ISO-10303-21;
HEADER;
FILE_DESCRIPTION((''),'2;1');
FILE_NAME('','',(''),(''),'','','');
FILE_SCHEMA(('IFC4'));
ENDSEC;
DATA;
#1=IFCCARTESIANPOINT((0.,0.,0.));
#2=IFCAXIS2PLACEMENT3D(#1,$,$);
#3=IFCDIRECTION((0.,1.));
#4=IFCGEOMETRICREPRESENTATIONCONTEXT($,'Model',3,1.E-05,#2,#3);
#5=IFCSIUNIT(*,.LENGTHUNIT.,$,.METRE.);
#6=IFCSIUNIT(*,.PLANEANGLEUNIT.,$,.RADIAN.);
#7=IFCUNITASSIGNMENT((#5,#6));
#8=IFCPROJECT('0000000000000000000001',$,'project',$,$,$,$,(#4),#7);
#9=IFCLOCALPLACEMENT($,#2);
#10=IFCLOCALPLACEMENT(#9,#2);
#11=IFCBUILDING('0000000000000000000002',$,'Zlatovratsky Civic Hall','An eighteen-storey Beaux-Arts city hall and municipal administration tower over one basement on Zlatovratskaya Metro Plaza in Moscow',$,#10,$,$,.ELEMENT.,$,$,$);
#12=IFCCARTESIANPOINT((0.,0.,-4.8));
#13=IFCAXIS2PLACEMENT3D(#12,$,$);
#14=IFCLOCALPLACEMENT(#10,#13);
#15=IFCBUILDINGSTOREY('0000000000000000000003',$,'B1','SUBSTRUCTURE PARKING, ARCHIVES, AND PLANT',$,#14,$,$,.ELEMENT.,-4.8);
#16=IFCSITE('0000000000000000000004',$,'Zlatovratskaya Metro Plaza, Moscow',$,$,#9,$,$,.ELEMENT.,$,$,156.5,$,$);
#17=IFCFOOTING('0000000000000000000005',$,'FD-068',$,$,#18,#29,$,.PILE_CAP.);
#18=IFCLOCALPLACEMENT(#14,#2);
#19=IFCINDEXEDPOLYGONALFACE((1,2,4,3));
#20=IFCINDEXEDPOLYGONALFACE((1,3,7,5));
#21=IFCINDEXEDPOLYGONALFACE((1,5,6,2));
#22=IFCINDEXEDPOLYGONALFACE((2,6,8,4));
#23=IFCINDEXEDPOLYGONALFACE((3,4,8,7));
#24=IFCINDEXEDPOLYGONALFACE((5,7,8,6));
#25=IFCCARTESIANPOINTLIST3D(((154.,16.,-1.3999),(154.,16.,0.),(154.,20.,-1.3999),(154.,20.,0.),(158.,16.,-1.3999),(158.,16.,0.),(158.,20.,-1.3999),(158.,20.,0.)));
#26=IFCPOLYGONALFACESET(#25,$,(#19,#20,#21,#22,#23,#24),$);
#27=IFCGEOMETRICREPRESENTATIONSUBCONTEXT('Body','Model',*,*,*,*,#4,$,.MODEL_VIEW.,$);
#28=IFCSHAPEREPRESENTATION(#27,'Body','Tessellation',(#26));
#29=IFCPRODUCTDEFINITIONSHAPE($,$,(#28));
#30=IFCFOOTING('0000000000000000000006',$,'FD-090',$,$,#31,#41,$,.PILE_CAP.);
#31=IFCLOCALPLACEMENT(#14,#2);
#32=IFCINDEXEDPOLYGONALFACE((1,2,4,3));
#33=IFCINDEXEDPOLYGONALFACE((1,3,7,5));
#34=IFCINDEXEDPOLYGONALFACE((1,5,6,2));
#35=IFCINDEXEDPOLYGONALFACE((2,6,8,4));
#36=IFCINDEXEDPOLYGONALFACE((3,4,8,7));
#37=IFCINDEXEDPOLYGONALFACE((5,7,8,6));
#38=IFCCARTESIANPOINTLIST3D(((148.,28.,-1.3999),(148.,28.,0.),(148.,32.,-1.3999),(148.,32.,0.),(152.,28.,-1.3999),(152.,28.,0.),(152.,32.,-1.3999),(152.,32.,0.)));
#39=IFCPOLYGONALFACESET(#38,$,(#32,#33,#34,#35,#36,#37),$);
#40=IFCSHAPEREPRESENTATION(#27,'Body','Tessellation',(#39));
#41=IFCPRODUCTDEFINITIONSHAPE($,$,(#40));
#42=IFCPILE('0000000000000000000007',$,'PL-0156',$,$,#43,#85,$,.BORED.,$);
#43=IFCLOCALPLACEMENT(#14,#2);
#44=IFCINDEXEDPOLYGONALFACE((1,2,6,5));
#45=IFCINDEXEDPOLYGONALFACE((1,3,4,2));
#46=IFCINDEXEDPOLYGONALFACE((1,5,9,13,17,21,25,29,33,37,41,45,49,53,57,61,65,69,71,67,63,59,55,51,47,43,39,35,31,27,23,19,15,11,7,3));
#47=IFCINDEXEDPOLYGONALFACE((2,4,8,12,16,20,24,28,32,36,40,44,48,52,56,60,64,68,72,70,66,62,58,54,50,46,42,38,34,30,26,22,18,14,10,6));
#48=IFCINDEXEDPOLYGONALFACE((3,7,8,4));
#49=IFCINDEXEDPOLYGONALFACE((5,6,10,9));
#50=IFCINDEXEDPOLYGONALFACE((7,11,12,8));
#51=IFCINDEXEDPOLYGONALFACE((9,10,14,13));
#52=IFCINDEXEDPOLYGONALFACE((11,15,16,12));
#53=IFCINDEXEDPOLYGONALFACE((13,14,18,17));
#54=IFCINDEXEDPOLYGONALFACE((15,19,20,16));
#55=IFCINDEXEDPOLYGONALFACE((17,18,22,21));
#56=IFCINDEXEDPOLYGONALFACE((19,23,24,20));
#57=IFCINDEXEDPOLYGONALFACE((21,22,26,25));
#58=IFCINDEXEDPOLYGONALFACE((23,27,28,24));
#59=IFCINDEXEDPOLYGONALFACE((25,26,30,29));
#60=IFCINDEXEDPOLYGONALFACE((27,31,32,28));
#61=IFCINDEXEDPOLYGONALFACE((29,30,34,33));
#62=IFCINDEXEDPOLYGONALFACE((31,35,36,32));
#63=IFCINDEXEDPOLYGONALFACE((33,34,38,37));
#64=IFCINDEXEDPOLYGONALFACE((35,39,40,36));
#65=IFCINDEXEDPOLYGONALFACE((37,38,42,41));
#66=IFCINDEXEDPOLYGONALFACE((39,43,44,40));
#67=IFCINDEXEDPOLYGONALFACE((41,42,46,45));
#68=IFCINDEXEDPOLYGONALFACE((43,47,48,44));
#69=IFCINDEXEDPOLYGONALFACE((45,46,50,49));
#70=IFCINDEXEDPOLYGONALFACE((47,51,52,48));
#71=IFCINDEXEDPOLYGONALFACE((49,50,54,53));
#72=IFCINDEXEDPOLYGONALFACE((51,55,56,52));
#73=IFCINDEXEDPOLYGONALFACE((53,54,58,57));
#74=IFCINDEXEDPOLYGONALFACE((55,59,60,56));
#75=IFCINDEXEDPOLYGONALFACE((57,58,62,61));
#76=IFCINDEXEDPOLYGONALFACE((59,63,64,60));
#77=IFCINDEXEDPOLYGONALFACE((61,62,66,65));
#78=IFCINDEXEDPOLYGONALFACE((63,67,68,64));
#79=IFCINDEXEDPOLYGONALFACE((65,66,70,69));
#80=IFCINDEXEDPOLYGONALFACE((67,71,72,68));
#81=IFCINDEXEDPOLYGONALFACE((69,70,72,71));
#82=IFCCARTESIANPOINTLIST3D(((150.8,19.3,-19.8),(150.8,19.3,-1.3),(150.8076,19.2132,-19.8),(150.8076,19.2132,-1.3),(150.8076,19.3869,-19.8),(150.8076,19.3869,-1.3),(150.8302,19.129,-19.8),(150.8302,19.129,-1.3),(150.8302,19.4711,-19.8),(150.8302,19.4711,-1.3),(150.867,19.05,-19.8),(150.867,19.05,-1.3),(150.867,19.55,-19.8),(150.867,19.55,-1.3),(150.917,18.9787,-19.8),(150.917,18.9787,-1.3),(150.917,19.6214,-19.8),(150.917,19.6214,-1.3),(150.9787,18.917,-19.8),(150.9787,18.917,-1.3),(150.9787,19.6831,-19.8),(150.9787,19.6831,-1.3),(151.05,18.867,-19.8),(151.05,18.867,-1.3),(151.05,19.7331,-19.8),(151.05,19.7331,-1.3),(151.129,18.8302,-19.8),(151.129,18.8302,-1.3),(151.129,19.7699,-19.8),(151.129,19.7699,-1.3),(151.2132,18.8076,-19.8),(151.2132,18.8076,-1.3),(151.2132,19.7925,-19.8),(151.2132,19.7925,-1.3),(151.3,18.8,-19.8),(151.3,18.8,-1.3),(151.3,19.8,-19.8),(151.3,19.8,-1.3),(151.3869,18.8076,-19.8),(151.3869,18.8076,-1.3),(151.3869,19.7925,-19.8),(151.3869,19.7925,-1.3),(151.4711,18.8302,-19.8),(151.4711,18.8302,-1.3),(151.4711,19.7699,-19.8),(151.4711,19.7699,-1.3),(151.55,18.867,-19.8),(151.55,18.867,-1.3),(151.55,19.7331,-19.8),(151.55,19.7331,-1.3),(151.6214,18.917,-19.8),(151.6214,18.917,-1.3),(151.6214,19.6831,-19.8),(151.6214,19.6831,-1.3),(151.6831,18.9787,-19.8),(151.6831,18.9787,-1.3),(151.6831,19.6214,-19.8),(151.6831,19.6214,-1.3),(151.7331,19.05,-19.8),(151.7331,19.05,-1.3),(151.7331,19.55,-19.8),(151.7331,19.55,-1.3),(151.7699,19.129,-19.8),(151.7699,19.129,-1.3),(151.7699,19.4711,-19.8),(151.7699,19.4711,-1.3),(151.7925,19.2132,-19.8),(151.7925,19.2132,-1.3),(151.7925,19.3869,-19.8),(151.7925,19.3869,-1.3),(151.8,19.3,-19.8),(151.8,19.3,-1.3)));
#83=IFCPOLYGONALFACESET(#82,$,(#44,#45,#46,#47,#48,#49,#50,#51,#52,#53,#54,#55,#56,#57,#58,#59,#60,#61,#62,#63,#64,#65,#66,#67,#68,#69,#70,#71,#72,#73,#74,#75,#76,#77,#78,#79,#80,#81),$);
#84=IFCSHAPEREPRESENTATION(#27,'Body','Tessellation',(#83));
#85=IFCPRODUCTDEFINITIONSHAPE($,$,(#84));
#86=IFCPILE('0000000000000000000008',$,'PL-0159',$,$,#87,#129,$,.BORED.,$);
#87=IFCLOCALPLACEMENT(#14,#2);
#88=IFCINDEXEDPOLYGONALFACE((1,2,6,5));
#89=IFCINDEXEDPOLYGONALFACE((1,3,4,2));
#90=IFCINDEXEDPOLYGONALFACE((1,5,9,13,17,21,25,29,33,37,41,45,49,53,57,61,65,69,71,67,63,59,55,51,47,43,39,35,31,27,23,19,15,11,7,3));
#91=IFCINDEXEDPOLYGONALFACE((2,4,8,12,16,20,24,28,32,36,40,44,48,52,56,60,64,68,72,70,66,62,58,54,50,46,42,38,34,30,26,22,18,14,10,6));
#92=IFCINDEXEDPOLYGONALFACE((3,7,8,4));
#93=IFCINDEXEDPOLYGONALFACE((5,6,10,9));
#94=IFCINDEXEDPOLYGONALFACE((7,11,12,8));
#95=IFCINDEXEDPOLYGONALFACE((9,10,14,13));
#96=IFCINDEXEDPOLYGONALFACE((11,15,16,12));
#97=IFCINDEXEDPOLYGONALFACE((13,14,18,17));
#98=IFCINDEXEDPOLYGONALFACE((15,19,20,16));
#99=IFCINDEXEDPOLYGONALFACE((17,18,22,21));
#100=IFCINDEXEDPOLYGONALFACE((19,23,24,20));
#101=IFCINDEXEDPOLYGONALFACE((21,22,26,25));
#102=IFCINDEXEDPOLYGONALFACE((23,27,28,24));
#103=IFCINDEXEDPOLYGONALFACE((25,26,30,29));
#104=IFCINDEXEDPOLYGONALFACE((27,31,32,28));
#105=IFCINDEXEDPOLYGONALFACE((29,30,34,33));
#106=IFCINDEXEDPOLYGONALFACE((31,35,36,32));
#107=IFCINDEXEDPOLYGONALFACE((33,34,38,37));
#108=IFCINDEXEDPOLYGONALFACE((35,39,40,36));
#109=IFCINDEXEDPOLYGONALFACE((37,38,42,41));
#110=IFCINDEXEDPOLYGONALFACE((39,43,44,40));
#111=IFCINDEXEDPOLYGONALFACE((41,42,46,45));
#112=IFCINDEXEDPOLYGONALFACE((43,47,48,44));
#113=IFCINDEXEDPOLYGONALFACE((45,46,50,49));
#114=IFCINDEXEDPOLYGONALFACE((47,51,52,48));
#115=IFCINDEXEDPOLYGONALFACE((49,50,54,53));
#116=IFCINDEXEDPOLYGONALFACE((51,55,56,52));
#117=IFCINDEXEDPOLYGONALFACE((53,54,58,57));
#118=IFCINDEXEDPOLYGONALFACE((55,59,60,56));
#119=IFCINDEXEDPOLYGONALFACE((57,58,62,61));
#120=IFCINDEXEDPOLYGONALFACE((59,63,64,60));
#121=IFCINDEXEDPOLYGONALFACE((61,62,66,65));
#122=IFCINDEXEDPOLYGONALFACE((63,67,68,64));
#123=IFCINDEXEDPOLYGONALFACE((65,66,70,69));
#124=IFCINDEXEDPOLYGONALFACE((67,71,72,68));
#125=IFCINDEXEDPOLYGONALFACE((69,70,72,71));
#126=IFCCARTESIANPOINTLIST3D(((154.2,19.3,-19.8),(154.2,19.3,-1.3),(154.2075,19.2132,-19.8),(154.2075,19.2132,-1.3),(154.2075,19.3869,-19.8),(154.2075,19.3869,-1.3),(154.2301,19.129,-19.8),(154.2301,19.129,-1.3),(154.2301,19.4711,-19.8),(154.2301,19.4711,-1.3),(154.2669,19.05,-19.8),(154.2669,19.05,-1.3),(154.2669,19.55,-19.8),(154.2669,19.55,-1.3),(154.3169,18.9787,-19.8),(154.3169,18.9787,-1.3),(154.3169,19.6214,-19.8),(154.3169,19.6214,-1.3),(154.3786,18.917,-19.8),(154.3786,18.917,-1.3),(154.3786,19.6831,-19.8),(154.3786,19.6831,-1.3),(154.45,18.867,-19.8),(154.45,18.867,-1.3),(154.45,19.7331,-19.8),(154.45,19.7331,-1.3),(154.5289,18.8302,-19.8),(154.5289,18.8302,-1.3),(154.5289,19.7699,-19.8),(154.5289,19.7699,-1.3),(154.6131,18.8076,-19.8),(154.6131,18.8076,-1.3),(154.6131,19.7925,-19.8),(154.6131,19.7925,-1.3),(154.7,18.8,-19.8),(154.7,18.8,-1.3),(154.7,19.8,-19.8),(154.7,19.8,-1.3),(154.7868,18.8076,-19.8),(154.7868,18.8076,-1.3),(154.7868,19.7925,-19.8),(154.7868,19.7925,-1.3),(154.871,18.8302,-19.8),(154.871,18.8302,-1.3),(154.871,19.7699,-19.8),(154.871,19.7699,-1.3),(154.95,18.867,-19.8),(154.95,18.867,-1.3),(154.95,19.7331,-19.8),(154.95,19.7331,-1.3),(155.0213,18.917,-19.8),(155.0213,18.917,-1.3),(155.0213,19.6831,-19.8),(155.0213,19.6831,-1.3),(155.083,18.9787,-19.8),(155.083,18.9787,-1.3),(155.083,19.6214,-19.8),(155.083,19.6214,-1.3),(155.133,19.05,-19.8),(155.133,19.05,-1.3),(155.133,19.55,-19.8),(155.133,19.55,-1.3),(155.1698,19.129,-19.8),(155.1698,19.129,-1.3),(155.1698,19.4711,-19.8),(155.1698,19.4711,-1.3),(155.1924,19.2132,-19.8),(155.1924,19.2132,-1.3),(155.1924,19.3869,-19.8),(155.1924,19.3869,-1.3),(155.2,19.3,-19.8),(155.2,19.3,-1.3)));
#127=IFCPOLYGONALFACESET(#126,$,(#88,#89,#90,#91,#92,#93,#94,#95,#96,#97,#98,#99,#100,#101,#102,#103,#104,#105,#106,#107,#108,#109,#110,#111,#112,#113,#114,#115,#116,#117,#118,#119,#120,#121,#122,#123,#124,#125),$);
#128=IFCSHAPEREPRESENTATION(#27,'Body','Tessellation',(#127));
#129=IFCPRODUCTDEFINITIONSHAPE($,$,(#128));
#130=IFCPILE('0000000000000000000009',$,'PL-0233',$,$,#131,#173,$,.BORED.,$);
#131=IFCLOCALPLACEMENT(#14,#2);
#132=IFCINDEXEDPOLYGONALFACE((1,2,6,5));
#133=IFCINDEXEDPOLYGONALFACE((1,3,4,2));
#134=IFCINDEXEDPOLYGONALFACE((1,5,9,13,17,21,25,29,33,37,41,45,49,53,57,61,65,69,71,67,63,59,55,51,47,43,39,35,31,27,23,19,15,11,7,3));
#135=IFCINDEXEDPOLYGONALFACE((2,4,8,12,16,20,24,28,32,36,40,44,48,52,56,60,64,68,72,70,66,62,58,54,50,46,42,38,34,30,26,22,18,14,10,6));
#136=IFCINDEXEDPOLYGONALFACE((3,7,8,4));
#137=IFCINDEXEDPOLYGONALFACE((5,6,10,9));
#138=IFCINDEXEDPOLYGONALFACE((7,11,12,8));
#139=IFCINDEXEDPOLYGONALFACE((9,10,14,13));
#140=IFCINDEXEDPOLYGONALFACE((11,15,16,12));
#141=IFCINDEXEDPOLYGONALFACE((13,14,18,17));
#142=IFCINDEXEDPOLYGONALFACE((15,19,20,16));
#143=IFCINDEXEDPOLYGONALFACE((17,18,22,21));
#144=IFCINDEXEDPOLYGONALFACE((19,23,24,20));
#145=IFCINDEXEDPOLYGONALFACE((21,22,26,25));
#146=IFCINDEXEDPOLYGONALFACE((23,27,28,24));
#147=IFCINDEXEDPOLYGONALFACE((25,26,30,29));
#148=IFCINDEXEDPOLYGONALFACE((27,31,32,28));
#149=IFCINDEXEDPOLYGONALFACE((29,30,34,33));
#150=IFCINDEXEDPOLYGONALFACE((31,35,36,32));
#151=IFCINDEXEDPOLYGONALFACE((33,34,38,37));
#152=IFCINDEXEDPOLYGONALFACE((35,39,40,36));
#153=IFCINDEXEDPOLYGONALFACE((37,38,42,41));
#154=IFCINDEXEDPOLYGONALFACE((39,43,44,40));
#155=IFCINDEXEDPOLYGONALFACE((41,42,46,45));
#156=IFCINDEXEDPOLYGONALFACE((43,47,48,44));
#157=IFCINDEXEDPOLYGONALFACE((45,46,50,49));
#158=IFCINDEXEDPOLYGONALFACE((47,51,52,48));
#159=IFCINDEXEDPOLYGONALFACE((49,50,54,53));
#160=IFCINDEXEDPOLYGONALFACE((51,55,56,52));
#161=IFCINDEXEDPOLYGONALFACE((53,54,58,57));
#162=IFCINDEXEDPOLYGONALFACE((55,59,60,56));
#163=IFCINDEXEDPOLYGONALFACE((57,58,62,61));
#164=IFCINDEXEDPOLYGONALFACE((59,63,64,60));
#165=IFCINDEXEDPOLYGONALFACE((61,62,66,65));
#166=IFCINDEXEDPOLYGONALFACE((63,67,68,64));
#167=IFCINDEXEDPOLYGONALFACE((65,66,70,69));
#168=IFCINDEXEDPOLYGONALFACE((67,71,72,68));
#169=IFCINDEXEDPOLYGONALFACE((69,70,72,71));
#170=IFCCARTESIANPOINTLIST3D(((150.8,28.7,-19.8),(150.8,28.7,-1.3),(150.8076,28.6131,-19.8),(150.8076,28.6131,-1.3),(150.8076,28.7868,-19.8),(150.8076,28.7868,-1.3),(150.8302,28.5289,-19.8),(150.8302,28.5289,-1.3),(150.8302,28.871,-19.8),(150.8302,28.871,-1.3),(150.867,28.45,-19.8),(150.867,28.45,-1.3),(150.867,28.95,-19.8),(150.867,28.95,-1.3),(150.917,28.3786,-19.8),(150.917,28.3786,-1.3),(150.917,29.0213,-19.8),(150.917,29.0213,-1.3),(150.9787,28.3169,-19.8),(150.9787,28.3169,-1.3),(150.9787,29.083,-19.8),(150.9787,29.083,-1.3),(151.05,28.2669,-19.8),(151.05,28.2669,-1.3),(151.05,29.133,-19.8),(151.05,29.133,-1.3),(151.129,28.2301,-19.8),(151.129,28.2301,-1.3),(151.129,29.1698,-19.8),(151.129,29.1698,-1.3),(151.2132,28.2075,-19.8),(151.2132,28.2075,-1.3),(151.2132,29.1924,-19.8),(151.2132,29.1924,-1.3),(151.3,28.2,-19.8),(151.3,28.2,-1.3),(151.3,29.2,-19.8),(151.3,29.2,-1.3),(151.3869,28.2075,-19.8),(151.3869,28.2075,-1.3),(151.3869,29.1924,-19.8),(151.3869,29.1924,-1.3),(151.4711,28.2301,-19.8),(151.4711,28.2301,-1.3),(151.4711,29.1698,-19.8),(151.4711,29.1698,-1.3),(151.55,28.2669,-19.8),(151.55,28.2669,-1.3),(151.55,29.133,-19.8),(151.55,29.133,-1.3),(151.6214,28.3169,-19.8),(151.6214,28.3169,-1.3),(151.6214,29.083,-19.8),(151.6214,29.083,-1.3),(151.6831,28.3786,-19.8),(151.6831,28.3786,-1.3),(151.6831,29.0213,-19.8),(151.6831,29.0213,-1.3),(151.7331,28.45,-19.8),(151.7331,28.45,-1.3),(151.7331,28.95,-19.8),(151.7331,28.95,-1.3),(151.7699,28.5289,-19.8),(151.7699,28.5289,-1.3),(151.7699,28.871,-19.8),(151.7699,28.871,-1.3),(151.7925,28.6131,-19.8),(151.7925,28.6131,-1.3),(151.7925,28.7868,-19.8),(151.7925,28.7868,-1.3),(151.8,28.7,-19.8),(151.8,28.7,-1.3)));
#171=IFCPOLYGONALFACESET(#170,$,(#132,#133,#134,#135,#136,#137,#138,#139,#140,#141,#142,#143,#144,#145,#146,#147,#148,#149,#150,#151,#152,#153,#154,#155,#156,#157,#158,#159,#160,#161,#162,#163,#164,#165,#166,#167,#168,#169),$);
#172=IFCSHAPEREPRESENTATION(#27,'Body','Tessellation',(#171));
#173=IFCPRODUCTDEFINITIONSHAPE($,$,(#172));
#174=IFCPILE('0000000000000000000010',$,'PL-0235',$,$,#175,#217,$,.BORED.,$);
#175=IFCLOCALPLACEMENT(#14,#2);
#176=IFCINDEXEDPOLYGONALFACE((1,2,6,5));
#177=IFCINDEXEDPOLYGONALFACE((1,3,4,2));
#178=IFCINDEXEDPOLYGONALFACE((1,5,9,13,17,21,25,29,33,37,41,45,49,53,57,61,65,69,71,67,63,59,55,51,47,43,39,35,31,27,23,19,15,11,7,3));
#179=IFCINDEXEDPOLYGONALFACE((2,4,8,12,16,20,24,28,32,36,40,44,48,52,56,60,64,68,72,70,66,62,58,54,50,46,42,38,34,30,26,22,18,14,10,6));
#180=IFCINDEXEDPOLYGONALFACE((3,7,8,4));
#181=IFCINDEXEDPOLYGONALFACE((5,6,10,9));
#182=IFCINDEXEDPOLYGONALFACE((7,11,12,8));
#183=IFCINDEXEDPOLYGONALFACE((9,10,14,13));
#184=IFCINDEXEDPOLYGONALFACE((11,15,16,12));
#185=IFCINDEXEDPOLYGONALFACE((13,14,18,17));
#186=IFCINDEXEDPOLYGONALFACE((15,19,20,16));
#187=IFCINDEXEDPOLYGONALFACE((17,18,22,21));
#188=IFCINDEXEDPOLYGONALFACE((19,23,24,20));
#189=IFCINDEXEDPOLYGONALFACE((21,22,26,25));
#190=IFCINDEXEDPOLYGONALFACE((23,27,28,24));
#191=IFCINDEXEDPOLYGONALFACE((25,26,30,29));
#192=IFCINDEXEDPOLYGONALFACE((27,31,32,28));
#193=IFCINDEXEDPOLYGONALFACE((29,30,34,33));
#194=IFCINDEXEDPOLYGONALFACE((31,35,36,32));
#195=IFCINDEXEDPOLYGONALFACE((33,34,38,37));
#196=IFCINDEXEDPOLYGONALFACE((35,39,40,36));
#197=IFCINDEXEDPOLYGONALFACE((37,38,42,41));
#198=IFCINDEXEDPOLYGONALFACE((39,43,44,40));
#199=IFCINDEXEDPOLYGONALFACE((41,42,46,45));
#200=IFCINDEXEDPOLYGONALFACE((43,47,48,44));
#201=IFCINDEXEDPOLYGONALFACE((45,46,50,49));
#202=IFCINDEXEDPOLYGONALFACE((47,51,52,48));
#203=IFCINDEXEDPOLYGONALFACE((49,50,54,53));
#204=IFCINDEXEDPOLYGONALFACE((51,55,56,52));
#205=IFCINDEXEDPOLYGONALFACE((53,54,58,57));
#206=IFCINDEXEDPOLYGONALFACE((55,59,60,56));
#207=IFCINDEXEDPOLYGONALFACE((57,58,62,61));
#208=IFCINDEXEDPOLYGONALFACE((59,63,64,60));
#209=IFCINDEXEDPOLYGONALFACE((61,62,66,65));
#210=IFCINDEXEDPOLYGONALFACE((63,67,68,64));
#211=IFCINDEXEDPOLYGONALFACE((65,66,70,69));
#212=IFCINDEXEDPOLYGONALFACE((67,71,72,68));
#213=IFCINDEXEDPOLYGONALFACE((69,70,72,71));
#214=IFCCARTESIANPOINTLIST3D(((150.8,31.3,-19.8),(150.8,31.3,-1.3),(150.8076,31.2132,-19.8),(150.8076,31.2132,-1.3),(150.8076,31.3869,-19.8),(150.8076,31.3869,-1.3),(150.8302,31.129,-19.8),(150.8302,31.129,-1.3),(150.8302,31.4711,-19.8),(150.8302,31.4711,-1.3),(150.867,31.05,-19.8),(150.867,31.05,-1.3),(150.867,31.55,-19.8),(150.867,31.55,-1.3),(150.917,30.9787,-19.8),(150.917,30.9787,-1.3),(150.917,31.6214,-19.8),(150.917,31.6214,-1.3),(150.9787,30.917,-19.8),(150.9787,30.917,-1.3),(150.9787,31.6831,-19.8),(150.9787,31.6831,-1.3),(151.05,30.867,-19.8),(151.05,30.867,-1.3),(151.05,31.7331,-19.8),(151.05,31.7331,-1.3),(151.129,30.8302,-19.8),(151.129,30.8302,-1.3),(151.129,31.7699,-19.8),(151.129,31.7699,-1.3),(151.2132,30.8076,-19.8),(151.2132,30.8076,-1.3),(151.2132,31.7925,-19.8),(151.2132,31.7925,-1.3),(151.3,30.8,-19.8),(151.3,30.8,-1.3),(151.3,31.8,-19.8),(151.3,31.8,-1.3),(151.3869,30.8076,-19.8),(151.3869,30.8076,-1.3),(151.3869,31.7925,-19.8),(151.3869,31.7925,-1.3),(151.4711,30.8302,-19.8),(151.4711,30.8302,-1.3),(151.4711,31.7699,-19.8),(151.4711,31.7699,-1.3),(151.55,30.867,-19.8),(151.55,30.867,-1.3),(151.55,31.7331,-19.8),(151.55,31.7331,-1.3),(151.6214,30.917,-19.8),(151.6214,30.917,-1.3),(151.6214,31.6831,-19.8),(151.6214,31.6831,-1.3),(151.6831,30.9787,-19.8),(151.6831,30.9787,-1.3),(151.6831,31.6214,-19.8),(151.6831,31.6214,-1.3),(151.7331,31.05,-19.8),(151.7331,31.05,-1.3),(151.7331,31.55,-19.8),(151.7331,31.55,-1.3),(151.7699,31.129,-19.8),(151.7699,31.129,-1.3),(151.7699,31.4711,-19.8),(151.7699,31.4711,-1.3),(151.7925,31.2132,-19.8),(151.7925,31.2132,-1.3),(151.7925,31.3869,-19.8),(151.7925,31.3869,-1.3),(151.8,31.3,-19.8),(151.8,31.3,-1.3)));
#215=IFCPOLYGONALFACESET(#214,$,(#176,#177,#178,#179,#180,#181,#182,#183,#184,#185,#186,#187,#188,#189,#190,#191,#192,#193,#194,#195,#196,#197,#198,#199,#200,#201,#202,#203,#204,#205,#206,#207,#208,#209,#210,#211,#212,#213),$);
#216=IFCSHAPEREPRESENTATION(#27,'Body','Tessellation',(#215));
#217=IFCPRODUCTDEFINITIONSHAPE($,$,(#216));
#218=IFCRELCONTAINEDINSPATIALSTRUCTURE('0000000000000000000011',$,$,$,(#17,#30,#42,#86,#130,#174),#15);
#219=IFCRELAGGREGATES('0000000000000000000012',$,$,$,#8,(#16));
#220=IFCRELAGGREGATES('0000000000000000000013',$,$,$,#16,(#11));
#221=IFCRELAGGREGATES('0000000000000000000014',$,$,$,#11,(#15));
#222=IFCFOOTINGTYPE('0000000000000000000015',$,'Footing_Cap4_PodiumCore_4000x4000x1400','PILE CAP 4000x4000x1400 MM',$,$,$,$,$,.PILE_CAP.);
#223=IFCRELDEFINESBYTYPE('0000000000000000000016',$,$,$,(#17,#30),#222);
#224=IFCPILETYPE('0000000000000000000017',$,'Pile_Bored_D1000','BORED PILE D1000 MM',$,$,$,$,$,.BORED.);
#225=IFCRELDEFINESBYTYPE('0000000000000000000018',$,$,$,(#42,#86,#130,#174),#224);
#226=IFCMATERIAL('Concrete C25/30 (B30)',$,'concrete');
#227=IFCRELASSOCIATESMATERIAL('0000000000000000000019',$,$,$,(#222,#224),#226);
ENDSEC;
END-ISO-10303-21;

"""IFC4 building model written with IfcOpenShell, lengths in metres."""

from ifc_helpers import new_model, si_unit, direction, frame, origin, origin_2d, place, context, subcontext, project, spatial, rectangle, circle, extrude, material, material_profile, profile_set, type_object, element, save


model = new_model("IFC4")

# Units and contexts
model_context = context("Model", 3, precision=1e-05, world=origin(), true_north=direction((0.0, 1.0)))
body_context = subcontext(model_context, "Body", "Model", "MODEL_VIEW")
ifc_project = project(units=[si_unit("LENGTHUNIT", "METRE"), si_unit("PLANEANGLEUNIT", "RADIAN")], contexts=[model_context])

# Site, building, storey
site_placement = place(None, origin())
site = spatial("IfcSite", under=ifc_project, at=site_placement, Name="Zlatovratskaya Metro Plaza, Moscow", CompositionType="ELEMENT", RefElevation=156.5)
building_placement = place(site_placement, origin())
building = spatial("IfcBuilding", under=site, at=building_placement, Name="Zlatovratsky Civic Hall", Description="An eighteen-storey Beaux-Arts city hall and municipal administration tower over one basement on Zlatovratskaya Metro Plaza in Moscow", CompositionType="ELEMENT")
storey_placement = place(building_placement, frame((0.0, 0.0, -4.8)))
storey = spatial("IfcBuildingStorey", under=building, at=storey_placement, Name="B1", Description="SUBSTRUCTURE PARKING, ARCHIVES, AND PLANT", CompositionType="ELEMENT", Elevation=-4.8)

# Footings
ifc_material_1 = material(Name="Concrete C25/30 (B30)", Category="concrete")
footing_type = type_object("IfcFootingType", Name="Footing_Cap4_PodiumCore_4000x4000x1400", Description="PILE CAP 4000x4000x1400 MM", PredefinedType="PILE_CAP", material=ifc_material_1)
for number, where, z_axis, x_axis, name in (
    (1, (156.0, 18.0, -1.3999), (0.0, 0.0, 1.0), (1.0, 0.0, 0.0), "FD-068"),
    (2, (150.0, 30.0, -1.3999), (0.0, 0.0, 1.0), (1.0, 0.0, 0.0), "FD-090"),
):
    element("IfcFooting", number, at=place(storey_placement, frame(where, z_axis=z_axis, x_axis=x_axis)), inside=storey, type_object=footing_type, Name=name, PredefinedType="PILE_CAP", context=body_context, shape_type="SweptSolid", body=[
        extrude(rectangle(XDim=4.0, YDim=4.0, at=origin_2d()), origin(), (0.0, 0.0, 1.0), 1.3999),
    ])

# Piles
ifc_material_profile_1 = material_profile(ifc_material_1, circle(Radius=0.5, at=origin_2d()), Name="PILE D1000")
ifc_profile_set_1 = profile_set([ifc_material_profile_1], Name="Concrete C25/30 (B30)")
pile_type = type_object("IfcPileType", Name="Pile_Bored_D1000", Description="BORED PILE D1000 MM", PredefinedType="BORED", material=ifc_profile_set_1)
for number, where, z_axis, x_axis, name in (
    (3, (151.3, 19.3, -1.3), (0.0, 0.0, -1.0), (1.0, 0.0, 0.0), "PL-0156"),
    (4, (154.7, 19.3, -1.3), (0.0, 0.0, -1.0), (1.0, 0.0, 0.0), "PL-0159"),
    (5, (151.3, 28.7, -1.3), (0.0, 0.0, -1.0), (1.0, 0.0, 0.0), "PL-0233"),
    (6, (151.3, 31.3, -1.3), (0.0, 0.0, -1.0), (1.0, 0.0, 0.0), "PL-0235"),
):
    element("IfcPile", number, at=place(storey_placement, frame(where, z_axis=z_axis, x_axis=x_axis)), inside=storey, type_object=pile_type, Name=name, PredefinedType="BORED", context=body_context, shape_type="SweptSolid", body=[
        extrude(circle(Radius=0.5, at=origin_2d()), origin(), (0.0, 0.0, 1.0), 18.5),
    ])

save(model, "model.ifc")
